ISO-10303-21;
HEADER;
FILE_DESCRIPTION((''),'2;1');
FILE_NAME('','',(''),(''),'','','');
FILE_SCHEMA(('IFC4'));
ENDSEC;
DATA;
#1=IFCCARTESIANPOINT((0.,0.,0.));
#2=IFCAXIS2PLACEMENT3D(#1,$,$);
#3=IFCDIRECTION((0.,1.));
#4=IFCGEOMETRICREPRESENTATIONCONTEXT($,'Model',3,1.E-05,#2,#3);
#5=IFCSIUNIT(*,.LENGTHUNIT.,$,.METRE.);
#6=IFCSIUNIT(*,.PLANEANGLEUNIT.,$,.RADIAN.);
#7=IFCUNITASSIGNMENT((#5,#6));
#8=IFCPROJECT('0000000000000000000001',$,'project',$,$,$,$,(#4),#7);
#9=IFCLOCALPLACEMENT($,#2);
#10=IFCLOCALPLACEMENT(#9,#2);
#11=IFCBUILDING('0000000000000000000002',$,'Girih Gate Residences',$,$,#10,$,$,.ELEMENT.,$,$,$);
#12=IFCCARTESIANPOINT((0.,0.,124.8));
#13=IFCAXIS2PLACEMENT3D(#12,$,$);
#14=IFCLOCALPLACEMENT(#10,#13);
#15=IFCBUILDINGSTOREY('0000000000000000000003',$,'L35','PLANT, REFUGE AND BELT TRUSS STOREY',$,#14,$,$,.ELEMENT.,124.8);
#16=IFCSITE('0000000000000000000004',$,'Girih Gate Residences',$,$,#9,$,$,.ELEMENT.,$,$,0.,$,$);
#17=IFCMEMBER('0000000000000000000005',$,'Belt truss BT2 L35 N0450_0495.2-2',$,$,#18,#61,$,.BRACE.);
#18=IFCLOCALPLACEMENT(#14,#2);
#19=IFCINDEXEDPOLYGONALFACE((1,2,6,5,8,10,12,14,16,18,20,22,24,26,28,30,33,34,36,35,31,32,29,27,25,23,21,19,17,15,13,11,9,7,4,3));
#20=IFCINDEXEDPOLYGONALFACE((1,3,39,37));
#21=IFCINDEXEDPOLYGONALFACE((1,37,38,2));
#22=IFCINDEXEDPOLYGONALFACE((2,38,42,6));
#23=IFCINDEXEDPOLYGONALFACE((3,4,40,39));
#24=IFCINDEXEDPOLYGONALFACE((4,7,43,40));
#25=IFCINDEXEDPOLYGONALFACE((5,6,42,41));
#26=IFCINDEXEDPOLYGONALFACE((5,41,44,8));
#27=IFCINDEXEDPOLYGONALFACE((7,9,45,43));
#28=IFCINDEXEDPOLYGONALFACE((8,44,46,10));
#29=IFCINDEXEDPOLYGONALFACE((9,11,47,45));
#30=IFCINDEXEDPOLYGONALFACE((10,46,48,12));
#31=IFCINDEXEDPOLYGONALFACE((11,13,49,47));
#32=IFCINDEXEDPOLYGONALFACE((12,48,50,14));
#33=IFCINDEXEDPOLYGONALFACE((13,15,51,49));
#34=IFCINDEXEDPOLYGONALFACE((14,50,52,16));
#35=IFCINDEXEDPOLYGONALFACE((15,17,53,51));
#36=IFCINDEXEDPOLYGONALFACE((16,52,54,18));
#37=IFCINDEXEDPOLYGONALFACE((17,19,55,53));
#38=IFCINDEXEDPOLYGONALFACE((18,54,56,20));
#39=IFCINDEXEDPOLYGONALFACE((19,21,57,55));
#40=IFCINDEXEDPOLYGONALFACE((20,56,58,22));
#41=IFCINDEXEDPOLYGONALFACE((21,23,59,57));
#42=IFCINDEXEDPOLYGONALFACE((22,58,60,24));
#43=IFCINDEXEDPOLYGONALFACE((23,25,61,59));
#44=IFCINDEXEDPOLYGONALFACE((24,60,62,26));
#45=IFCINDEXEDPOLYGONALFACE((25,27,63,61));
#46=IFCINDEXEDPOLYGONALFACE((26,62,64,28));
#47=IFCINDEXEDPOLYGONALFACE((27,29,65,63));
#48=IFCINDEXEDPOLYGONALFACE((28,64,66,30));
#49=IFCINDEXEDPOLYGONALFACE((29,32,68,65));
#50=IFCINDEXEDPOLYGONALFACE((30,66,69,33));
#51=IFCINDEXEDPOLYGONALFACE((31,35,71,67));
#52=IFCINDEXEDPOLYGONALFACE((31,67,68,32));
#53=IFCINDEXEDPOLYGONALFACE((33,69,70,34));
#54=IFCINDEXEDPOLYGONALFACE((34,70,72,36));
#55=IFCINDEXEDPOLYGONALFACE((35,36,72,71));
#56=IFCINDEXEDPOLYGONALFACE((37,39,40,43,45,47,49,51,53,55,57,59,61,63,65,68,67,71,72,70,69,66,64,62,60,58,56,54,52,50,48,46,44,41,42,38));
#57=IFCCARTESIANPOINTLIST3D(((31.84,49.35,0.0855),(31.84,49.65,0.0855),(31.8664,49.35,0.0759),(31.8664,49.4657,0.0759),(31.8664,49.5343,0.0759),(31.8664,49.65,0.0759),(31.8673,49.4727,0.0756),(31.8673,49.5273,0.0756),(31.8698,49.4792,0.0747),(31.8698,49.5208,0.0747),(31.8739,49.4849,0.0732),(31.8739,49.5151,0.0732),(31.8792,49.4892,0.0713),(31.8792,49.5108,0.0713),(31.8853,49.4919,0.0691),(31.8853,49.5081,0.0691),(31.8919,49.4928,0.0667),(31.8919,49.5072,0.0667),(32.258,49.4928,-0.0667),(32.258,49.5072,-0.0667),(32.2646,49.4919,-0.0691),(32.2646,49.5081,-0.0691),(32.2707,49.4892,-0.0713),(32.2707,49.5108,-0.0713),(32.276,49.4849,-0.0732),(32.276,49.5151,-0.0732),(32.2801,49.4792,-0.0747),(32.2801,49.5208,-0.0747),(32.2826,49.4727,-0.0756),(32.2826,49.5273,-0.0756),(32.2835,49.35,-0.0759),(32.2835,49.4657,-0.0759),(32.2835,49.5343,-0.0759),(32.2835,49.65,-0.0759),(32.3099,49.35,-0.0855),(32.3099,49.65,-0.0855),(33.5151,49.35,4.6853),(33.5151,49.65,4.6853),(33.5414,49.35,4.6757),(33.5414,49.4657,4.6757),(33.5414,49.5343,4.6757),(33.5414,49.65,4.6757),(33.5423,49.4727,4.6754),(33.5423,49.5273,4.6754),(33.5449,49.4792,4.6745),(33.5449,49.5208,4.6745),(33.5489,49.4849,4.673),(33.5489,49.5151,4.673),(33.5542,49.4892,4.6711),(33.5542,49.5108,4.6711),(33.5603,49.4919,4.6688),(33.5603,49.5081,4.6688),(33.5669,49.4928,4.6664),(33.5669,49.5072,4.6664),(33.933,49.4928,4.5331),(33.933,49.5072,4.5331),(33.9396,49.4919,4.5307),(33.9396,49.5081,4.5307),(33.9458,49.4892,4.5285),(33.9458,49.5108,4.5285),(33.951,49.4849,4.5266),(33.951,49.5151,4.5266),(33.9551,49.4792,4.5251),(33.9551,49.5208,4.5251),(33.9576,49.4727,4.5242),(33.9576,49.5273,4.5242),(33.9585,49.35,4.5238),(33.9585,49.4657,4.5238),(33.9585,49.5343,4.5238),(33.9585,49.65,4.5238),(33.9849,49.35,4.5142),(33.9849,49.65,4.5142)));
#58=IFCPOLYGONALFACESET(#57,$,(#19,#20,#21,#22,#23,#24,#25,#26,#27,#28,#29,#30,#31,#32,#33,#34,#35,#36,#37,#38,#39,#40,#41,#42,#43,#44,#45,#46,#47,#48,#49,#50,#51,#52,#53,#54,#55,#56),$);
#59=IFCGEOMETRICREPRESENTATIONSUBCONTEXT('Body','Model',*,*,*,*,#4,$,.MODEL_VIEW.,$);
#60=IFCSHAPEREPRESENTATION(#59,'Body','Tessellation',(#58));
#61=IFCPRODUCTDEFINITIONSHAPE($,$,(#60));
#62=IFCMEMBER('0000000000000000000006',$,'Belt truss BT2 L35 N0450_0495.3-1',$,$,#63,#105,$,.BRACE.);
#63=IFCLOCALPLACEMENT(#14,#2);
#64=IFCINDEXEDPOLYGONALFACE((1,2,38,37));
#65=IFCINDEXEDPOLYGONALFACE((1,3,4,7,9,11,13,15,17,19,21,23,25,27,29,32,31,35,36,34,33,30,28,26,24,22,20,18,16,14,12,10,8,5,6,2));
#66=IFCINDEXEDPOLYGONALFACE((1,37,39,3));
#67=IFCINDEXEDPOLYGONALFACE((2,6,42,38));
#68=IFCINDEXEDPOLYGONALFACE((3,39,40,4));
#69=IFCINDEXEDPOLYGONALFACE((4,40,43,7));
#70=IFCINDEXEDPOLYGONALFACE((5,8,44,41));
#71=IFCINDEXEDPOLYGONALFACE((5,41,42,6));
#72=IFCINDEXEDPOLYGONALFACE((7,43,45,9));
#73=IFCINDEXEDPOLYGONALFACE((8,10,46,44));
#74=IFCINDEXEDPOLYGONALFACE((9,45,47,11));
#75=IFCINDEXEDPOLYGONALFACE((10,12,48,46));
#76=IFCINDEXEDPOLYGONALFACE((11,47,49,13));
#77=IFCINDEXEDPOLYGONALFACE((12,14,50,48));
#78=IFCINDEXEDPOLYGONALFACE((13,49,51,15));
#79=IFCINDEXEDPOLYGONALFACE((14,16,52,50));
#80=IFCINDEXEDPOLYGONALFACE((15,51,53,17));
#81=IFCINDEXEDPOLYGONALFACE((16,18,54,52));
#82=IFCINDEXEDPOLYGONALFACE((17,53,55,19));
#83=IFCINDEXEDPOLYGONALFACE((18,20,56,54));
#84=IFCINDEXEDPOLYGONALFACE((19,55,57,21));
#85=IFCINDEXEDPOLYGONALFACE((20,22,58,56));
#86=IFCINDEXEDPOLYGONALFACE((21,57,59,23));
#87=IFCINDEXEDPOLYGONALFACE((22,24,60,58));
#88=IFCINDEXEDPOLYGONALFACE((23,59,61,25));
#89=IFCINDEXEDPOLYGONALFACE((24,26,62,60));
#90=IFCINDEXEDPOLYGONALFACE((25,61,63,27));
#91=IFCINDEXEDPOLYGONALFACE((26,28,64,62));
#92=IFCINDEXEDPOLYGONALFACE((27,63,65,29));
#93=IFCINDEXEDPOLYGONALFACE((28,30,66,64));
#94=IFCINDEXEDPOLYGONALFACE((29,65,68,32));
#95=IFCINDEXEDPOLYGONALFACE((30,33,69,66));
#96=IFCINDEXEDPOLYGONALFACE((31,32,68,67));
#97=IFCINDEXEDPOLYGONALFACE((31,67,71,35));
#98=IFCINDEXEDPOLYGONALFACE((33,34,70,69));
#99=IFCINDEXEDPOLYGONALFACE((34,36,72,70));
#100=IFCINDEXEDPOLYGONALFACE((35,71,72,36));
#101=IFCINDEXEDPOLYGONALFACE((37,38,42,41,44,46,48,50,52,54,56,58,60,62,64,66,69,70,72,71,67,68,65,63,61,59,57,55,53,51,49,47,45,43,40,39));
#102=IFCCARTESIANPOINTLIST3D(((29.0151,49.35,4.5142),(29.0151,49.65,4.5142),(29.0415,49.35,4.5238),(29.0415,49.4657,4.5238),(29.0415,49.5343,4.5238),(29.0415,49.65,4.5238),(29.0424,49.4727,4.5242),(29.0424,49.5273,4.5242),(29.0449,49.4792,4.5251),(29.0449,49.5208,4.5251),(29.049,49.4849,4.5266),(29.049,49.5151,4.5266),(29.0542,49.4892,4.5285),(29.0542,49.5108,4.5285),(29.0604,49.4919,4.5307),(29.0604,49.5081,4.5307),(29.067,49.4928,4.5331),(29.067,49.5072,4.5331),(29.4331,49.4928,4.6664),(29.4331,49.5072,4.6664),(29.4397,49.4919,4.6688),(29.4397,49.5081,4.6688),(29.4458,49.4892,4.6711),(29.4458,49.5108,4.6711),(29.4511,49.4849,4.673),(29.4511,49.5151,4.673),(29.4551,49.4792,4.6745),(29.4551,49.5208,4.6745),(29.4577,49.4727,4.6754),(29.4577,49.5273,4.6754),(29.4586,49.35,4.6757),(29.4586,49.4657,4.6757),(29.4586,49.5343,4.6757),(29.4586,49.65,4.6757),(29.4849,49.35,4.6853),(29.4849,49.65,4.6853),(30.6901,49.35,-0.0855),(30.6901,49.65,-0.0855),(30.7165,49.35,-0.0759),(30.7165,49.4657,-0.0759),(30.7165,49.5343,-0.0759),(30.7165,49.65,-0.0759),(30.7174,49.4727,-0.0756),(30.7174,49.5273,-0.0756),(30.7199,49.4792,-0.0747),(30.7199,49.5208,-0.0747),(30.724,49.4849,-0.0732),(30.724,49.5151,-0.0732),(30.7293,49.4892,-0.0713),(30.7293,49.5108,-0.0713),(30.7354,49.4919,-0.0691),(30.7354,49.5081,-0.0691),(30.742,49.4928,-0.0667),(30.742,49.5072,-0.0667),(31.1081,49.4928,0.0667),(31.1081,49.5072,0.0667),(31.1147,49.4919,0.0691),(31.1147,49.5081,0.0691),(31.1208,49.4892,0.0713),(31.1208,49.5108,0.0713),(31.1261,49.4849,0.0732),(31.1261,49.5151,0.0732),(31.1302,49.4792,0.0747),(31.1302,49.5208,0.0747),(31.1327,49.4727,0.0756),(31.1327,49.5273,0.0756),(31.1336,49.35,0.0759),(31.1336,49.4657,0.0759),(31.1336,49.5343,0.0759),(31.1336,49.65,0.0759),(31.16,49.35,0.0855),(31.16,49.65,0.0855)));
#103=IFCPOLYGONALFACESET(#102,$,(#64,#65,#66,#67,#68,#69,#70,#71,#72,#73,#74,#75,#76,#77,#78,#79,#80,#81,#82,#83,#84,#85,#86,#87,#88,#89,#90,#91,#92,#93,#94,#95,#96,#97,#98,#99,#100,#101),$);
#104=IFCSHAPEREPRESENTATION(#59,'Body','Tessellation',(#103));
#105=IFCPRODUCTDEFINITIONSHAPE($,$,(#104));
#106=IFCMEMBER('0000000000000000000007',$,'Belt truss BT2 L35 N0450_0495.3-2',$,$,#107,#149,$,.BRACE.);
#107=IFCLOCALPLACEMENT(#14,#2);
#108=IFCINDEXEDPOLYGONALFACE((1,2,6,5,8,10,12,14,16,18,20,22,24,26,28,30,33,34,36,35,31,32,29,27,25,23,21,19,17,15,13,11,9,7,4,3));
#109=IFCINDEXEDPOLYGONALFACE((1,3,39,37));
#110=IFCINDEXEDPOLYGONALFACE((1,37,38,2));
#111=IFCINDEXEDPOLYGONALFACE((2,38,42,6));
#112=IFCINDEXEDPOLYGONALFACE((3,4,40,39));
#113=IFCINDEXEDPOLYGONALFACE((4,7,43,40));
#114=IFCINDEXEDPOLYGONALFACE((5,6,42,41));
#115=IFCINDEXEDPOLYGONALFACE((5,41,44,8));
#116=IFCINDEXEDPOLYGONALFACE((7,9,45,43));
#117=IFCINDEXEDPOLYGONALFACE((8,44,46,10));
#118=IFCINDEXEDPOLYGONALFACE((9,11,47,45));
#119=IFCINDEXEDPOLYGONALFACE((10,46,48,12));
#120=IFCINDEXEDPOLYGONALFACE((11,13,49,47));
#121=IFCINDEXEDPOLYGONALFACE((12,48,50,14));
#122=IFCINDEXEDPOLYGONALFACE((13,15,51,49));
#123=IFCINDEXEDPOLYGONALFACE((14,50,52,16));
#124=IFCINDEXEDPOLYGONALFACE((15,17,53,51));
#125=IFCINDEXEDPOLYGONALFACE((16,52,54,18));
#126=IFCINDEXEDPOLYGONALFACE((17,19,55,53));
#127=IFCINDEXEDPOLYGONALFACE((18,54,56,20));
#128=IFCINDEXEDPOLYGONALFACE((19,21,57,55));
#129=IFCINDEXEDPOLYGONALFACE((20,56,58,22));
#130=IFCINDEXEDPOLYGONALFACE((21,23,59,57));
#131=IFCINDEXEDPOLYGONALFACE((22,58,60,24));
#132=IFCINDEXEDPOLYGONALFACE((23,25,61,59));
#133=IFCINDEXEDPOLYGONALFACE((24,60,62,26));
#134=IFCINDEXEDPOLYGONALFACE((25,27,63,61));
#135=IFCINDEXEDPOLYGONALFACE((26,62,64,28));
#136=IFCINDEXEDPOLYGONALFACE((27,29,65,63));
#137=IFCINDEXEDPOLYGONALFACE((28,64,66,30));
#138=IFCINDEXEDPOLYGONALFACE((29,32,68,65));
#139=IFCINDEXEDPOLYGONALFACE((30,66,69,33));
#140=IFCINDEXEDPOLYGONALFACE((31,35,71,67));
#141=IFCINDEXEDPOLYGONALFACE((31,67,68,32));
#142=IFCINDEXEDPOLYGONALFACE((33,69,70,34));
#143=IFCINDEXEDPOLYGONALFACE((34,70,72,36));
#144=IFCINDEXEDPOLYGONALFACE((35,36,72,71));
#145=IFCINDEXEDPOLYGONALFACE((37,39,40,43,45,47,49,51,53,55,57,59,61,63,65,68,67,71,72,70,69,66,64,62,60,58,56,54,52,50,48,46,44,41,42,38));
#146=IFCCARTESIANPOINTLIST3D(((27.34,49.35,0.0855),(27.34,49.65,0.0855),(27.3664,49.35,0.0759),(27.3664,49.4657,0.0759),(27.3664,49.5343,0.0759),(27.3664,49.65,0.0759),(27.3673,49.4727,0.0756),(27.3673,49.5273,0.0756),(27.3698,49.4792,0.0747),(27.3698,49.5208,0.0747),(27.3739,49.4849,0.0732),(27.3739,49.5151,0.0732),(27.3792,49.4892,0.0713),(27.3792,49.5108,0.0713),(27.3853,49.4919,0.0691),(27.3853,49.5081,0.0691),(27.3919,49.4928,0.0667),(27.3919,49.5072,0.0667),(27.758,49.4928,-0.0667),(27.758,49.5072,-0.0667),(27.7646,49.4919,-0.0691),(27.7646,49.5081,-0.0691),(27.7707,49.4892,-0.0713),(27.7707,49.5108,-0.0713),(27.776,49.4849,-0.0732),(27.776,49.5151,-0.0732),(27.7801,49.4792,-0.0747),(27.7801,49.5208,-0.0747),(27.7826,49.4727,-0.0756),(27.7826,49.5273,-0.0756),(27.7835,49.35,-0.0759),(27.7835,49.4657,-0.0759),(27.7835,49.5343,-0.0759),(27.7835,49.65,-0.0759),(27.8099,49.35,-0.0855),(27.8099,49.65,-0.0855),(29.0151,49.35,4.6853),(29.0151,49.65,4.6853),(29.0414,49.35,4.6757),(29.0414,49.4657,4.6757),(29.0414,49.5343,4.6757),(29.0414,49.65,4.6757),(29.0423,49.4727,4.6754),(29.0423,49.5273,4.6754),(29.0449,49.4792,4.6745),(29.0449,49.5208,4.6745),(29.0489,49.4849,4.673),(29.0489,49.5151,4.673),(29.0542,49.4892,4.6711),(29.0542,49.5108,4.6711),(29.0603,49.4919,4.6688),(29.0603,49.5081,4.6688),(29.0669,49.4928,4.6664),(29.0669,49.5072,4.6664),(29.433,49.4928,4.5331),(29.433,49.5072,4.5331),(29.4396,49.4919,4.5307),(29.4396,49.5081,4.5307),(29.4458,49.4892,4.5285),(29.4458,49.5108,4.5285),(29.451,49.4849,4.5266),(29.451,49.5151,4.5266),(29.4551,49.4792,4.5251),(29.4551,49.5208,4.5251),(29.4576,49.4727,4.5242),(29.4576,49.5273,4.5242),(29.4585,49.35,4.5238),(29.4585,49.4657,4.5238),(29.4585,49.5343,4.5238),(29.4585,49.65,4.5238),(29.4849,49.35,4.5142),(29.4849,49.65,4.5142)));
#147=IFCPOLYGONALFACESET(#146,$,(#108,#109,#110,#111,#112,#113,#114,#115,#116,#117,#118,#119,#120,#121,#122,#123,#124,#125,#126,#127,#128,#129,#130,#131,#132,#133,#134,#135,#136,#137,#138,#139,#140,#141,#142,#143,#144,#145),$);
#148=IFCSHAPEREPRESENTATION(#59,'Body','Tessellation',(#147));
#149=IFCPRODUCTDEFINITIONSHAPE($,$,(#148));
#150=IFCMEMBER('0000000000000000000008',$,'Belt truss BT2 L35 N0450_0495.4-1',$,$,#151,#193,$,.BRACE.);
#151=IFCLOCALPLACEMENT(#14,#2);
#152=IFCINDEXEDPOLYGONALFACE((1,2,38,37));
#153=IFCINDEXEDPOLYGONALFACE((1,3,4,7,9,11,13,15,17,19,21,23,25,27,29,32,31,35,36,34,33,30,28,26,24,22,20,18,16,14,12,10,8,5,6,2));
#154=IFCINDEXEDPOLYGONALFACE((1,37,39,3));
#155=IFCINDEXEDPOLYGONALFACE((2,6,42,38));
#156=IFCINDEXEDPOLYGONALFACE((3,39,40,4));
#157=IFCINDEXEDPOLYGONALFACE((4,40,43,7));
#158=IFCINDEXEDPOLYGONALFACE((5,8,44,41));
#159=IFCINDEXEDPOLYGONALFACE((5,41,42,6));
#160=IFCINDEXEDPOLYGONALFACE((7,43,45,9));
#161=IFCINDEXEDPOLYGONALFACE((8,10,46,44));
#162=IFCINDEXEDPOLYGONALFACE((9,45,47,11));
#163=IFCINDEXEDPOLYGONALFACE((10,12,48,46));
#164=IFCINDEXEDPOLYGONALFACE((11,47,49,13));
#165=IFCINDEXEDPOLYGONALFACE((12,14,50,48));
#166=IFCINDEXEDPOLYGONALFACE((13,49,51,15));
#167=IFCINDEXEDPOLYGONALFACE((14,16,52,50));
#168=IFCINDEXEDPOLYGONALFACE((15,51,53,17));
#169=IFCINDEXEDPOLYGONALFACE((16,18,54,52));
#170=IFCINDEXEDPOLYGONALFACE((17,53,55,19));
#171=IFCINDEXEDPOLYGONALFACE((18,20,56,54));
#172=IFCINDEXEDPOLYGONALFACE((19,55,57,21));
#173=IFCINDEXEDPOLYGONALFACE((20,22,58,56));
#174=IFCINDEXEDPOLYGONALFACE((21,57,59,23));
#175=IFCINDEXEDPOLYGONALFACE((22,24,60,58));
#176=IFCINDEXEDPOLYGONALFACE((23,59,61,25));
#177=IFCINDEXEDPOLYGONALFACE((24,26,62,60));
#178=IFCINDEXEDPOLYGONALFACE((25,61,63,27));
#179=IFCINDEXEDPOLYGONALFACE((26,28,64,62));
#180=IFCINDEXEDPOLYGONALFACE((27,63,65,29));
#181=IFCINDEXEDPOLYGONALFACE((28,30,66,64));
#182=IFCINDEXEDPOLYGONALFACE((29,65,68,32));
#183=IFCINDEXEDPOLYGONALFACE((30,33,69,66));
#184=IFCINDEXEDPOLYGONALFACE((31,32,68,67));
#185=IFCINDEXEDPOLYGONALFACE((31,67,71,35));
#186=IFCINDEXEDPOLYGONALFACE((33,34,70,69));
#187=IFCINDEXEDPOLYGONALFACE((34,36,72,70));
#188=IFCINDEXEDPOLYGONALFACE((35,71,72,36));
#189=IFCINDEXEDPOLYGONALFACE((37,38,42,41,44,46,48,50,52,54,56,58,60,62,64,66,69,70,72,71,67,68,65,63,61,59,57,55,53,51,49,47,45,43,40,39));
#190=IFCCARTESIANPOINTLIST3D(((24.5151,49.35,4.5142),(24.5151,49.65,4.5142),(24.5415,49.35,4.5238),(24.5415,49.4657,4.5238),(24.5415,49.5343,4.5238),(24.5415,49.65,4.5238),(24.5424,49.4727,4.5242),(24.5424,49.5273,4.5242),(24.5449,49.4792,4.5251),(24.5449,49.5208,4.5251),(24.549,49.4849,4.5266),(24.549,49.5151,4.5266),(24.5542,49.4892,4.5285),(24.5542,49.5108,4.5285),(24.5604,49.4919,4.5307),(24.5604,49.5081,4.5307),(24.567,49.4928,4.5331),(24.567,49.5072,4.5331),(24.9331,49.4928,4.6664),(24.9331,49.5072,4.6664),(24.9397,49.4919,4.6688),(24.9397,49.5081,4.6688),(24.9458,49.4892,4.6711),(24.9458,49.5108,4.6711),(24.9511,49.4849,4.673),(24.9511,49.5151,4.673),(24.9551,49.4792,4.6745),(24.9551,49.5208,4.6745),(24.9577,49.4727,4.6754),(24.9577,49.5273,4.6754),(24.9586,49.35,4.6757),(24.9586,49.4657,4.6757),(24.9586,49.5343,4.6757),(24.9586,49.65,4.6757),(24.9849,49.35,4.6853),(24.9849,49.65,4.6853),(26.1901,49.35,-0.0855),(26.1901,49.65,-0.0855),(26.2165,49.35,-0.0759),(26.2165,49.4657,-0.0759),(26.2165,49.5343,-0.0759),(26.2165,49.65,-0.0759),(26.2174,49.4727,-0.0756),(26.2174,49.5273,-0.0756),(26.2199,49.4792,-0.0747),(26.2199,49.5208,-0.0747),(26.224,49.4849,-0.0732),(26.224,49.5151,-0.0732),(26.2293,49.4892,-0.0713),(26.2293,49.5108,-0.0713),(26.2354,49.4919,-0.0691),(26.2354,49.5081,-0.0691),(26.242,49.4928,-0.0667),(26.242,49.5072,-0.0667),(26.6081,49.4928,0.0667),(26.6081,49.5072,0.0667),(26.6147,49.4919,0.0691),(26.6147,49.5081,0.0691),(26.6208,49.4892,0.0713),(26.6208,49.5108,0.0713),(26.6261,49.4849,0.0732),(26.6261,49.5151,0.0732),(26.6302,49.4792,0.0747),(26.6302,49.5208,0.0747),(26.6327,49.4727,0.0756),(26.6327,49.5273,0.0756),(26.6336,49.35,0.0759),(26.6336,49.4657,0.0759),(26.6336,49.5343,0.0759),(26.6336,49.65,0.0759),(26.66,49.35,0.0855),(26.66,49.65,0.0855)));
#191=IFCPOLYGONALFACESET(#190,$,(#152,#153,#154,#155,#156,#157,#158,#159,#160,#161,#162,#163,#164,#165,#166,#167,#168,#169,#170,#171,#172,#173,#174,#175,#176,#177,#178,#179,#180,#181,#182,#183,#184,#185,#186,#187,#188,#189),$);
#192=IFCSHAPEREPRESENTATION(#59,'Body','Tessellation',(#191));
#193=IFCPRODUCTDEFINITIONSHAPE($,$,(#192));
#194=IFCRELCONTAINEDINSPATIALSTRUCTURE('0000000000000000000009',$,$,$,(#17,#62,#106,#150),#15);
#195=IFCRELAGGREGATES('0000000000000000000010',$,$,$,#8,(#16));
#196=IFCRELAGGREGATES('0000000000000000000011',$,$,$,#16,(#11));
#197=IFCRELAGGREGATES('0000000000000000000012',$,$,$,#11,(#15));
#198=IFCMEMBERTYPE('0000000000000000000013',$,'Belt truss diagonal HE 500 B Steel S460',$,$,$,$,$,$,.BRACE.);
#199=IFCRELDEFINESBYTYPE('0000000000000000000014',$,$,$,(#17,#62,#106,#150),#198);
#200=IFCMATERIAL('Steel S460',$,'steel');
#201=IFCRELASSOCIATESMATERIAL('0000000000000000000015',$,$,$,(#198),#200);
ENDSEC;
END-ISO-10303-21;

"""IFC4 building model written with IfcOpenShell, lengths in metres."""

from ifc_helpers import new_model, si_unit, direction, frame, origin, origin_2d, place, context, subcontext, project, spatial, i_section, extrude, material, material_profile, profile_set, type_object, element, save


model = new_model("IFC4")

# Units and contexts
model_context = context("Model", 3, precision=1e-05, world=origin(), true_north=direction((0.0, 1.0)))
body_context = subcontext(model_context, "Body", "Model", "MODEL_VIEW")
ifc_project = project(units=[si_unit("LENGTHUNIT", "METRE"), si_unit("PLANEANGLEUNIT", "RADIAN")], contexts=[model_context])

# Site, building, storey
site_placement = place(None, origin())
site = spatial("IfcSite", under=ifc_project, at=site_placement, Name="Girih Gate Residences", CompositionType="ELEMENT", RefElevation=0.0)
building_placement = place(site_placement, origin())
building = spatial("IfcBuilding", under=site, at=building_placement, Name="Girih Gate Residences", CompositionType="ELEMENT")
storey_placement = place(building_placement, frame((0.0, 0.0, 124.8)))
storey = spatial("IfcBuildingStorey", under=building, at=storey_placement, Name="L35", Description="PLANT, REFUGE AND BELT TRUSS STOREY", CompositionType="ELEMENT", Elevation=124.8)

# Members
ifc_material_1 = material(Name="Steel S460", Category="steel")
ifc_material_profile_1 = material_profile(ifc_material_1, i_section(OverallWidth=0.3, OverallDepth=0.5, WebThickness=0.0144, FlangeThickness=0.0281, FilletRadius=0.0271, at=origin_2d()))
ifc_profile_set_1 = profile_set([ifc_material_profile_1], Name="Steel S460")
member_type = type_object("IfcMemberType", Name="Belt truss diagonal HE 500 B Steel S460", PredefinedType="BRACE", material=ifc_profile_set_1)
for number, where, z_axis, x_axis, name in (
    (1, (32.075, 49.5, 0.0), (0.342171, 0.0, 0.939638), (0.0, 1.0, 0.0), "Belt truss BT2 L35 N0450_0495.2-2"),
    (2, (30.925, 49.5, 0.0), (-0.342171, 0.0, 0.939638), (0.0, -1.0, 0.0), "Belt truss BT2 L35 N0450_0495.3-1"),
    (3, (27.575, 49.5, 0.0), (0.342171, 0.0, 0.939638), (0.0, 1.0, 0.0), "Belt truss BT2 L35 N0450_0495.3-2"),
    (4, (26.425, 49.5, 0.0), (-0.342171, 0.0, 0.939638), (0.0, -1.0, 0.0), "Belt truss BT2 L35 N0450_0495.4-1"),
):
    element("IfcMember", number, at=place(storey_placement, frame(where, z_axis=z_axis, x_axis=x_axis)), inside=storey, type_object=member_type, Name=name, PredefinedType="BRACE", context=body_context, shape_type="SweptSolid", body=[
        extrude(i_section(OverallWidth=0.3, OverallDepth=0.5, WebThickness=0.0144, FlangeThickness=0.0281, FilletRadius=0.0271, at=origin_2d()), origin(), (0.0, 0.0, 1.0), 4.8953),
    ])

save(model, "model.ifc")
